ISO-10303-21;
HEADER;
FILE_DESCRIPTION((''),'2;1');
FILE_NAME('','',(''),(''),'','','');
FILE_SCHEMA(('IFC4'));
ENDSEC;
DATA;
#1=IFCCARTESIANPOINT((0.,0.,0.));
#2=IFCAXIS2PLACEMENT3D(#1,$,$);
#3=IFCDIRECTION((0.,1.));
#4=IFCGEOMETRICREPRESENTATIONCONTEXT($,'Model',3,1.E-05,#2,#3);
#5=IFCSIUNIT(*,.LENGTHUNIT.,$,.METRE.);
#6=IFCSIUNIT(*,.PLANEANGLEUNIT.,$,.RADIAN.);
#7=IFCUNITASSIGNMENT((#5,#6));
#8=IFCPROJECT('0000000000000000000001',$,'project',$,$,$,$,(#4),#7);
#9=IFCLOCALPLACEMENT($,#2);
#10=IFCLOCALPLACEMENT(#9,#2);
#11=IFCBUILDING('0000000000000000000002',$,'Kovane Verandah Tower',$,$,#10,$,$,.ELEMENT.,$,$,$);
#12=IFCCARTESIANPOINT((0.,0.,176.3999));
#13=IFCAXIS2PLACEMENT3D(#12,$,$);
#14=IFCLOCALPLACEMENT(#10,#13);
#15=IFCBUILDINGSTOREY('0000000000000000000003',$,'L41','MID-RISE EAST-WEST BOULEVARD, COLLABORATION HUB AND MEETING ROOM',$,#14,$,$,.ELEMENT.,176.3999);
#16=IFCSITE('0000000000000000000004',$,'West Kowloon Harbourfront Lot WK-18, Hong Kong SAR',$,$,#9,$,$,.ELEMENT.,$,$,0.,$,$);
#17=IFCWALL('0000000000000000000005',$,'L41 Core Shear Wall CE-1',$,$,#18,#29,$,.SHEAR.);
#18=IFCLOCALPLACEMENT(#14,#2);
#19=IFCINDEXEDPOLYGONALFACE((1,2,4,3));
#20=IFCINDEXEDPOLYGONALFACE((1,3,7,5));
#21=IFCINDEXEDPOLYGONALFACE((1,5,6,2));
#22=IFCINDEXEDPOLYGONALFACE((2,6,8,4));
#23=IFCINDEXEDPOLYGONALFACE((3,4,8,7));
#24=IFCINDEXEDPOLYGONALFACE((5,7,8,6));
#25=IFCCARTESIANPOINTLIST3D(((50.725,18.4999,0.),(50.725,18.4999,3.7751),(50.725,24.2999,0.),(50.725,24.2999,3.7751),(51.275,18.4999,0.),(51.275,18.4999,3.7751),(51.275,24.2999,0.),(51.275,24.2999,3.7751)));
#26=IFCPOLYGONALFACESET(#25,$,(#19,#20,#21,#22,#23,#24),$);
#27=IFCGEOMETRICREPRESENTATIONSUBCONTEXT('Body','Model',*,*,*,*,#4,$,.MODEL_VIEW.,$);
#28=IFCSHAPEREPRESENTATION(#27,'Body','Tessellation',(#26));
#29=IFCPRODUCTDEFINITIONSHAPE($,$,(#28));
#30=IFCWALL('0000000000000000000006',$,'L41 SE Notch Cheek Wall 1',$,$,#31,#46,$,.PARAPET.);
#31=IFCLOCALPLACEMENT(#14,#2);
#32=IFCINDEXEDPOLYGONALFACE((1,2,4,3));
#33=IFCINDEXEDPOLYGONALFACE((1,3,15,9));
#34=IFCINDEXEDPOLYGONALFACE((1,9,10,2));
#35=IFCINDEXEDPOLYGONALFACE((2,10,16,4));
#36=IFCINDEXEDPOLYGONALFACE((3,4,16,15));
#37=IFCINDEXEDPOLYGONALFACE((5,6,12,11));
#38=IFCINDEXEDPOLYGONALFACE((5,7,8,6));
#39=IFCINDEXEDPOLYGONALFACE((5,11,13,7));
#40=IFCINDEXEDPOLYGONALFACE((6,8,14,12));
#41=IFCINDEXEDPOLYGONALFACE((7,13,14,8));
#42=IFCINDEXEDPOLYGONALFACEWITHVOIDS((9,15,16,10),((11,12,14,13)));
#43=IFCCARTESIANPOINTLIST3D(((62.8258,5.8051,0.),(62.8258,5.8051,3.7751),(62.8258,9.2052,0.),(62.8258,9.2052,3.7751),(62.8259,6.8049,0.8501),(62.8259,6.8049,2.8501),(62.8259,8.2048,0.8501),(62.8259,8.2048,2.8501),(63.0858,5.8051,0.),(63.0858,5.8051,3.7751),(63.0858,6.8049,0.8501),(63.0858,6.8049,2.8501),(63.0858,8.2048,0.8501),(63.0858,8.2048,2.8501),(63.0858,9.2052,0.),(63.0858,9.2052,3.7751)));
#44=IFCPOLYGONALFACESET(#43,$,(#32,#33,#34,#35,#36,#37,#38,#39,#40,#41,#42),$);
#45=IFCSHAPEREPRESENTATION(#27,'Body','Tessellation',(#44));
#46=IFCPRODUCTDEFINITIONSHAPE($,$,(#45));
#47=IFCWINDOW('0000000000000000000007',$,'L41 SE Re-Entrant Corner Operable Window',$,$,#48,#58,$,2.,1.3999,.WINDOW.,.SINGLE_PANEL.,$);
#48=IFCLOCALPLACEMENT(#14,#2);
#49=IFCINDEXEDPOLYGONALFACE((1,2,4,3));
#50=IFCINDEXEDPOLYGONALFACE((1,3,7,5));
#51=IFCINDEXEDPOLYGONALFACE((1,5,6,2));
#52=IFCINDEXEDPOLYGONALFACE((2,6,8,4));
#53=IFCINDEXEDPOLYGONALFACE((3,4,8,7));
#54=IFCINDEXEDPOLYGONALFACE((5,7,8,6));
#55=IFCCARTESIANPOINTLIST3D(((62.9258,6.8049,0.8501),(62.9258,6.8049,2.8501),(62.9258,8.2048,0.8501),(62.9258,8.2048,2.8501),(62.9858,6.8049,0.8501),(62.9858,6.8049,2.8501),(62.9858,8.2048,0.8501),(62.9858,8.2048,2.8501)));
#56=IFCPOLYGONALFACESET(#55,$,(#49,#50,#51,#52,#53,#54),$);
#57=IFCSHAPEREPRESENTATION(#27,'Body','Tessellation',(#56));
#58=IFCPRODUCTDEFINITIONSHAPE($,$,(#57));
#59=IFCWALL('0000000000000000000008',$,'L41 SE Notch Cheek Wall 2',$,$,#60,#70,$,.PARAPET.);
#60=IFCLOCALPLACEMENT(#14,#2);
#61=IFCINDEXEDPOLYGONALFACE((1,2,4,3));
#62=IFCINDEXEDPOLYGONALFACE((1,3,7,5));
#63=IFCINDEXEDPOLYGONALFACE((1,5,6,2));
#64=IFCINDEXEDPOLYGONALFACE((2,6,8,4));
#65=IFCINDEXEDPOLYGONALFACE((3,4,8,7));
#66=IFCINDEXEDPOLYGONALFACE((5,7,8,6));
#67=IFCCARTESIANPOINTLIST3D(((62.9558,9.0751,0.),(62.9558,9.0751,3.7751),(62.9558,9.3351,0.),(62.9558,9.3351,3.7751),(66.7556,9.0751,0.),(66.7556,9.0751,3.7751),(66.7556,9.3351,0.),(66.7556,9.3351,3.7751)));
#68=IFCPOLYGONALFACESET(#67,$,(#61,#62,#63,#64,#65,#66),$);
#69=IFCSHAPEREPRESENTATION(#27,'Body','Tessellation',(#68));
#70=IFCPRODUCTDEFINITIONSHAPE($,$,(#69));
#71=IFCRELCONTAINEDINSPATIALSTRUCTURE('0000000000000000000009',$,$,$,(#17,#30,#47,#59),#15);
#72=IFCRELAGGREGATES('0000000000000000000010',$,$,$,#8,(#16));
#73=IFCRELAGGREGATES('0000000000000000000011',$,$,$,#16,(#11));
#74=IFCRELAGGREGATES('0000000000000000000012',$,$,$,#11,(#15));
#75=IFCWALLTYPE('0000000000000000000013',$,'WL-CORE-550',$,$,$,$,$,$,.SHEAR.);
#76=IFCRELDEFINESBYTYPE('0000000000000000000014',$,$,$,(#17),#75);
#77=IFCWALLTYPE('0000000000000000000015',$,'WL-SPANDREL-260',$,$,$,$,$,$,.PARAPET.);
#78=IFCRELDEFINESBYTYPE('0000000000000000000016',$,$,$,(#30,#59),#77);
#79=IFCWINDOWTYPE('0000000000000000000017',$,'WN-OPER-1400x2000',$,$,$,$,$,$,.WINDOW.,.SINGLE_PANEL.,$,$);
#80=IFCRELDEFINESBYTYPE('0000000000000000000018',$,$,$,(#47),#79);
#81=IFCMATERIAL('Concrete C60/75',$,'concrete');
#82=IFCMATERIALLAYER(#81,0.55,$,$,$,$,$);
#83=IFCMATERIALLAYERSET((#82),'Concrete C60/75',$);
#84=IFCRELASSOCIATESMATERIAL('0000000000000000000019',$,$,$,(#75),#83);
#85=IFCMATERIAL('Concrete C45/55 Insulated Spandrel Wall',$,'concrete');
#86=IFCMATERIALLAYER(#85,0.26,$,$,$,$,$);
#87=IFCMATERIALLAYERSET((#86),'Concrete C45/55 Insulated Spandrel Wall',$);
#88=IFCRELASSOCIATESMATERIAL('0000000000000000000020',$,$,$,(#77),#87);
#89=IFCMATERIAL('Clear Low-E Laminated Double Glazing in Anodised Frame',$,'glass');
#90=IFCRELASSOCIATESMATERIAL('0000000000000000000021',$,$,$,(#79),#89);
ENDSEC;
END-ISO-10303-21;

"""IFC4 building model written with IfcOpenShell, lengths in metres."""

from ifc_helpers import new_model, si_unit, direction, frame, frame_2d, origin, place, context, subcontext, project, spatial, rectangle, extrude, material, layer, layer_set, type_object, element, fill, save


model = new_model("IFC4")

# Units and contexts
model_context = context("Model", 3, precision=1e-05, world=origin(), true_north=direction((0.0, 1.0)))
body_context = subcontext(model_context, "Body", "Model", "MODEL_VIEW")
ifc_project = project(units=[si_unit("LENGTHUNIT", "METRE"), si_unit("PLANEANGLEUNIT", "RADIAN")], contexts=[model_context])

# Site, building, storey
site_placement = place(None, origin())
site = spatial("IfcSite", under=ifc_project, at=site_placement, Name="West Kowloon Harbourfront Lot WK-18, Hong Kong SAR", CompositionType="ELEMENT", RefElevation=0.0)
building_placement = place(site_placement, origin())
building = spatial("IfcBuilding", under=site, at=building_placement, Name="Kovane Verandah Tower", CompositionType="ELEMENT")
storey_placement = place(building_placement, frame((0.0, 0.0, 176.3999)))
storey = spatial("IfcBuildingStorey", under=building, at=storey_placement, Name="L41", Description="MID-RISE EAST-WEST BOULEVARD, COLLABORATION HUB AND MEETING ROOM", CompositionType="ELEMENT", Elevation=176.3999)

# Wall
ifc_material_1 = material(Name="Concrete C60/75", Category="concrete")
ifc_layer_1 = layer(ifc_material_1, 0.55)
ifc_layer_set_1 = layer_set([ifc_layer_1], Name="Concrete C60/75")
wall_type_1 = type_object("IfcWallType", Name="WL-CORE-550", PredefinedType="SHEAR", material=ifc_layer_set_1)
wall_1_placement = place(storey_placement, frame((51.0, 18.5, 0.0), z_axis=(0.0, 0.0, 1.0), x_axis=(0.0, 1.0, 0.0)))
element("IfcWall", 1, at=wall_1_placement, inside=storey, type_object=wall_type_1, Name="L41 Core Shear Wall CE-1", PredefinedType="SHEAR", context=body_context, shape_type="SweptSolid", body=[
    extrude(rectangle(XDim=5.8, YDim=0.55, at=frame_2d((2.8999, 0.0))), origin(), (0.0, 0.0, 1.0), 3.7751),
])

# Shared definitions
ifc_material_2 = material(Name="Concrete C45/55 Insulated Spandrel Wall", Category="concrete")
ifc_layer_2 = layer(ifc_material_2, 0.26)
ifc_layer_set_2 = layer_set([ifc_layer_2], Name="Concrete C45/55 Insulated Spandrel Wall")
wall_type_2 = type_object("IfcWallType", Name="WL-SPANDREL-260", PredefinedType="PARAPET", material=ifc_layer_set_2)
ifc_material_3 = material(Name="Clear Low-E Laminated Double Glazing in Anodised Frame", Category="glass")

# Wall, opening, window
wall_2_placement = place(storey_placement, frame((62.9558, 5.8049, 0.0), z_axis=(0.0, 0.0, 1.0), x_axis=(0.0, 1.0, 0.0)))
wall_2 = element("IfcWall", 2, at=wall_2_placement, inside=storey, type_object=wall_type_2, Name="L41 SE Notch Cheek Wall 1", PredefinedType="PARAPET", context=body_context, shape_type="SweptSolid", body=[
    extrude(rectangle(XDim=3.4001, YDim=0.26, at=frame_2d((1.7002, 0.0))), origin(), (0.0, 0.0, 1.0), 3.7751),
])
opening_1_placement = place(wall_2_placement, frame((1.0, 0.0, 0.8501)))
opening_1 = element("IfcOpeningElement", 3, at=opening_1_placement, cuts=wall_2, PredefinedType="OPENING", context=body_context, shape_type="SweptSolid", body=[
    extrude(rectangle(XDim=1.3999, YDim=2.0, at=frame_2d((0.7, 1.0))), frame((0.0, 0.1299, 0.0), z_axis=(0.0, -1.0, 0.0), x_axis=(1.0, 0.0, 0.0)), (0.0, 0.0, 1.0), 0.26),
])
window_type_1 = type_object("IfcWindowType", Name="WN-OPER-1400x2000", PartitioningType="SINGLE_PANEL", PredefinedType="WINDOW", material=ifc_material_3)
window_1_placement = place(opening_1_placement, origin())
window_1 = element("IfcWindow", 4, at=window_1_placement, inside=storey, type_object=window_type_1, Name="L41 SE Re-Entrant Corner Operable Window", OverallHeight=2.0, OverallWidth=1.3999, PartitioningType="SINGLE_PANEL", PredefinedType="WINDOW", context=body_context, shape_type="SweptSolid", body=[
    extrude(rectangle(XDim=1.3999, YDim=2.0, at=frame_2d((0.7, 1.0))), frame((0.0, 0.03, 0.0), z_axis=(0.0, -1.0, 0.0), x_axis=(1.0, 0.0, 0.0)), (0.0, 0.0, 1.0), 0.0601),
])
fill(opening_1, window_1)

# Wall
wall_3_placement = place(storey_placement, frame((62.9558, 9.2051, 0.0), z_axis=(0.0, 0.0, 1.0), x_axis=(1.0, 0.0, 0.0)))
element("IfcWall", 5, at=wall_3_placement, inside=storey, type_object=wall_type_2, Name="L41 SE Notch Cheek Wall 2", PredefinedType="PARAPET", context=body_context, shape_type="SweptSolid", body=[
    extrude(rectangle(XDim=3.7998, YDim=0.26, at=frame_2d((1.8999, 0.0))), origin(), (0.0, 0.0, 1.0), 3.7751),
])

save(model, "model.ifc")
